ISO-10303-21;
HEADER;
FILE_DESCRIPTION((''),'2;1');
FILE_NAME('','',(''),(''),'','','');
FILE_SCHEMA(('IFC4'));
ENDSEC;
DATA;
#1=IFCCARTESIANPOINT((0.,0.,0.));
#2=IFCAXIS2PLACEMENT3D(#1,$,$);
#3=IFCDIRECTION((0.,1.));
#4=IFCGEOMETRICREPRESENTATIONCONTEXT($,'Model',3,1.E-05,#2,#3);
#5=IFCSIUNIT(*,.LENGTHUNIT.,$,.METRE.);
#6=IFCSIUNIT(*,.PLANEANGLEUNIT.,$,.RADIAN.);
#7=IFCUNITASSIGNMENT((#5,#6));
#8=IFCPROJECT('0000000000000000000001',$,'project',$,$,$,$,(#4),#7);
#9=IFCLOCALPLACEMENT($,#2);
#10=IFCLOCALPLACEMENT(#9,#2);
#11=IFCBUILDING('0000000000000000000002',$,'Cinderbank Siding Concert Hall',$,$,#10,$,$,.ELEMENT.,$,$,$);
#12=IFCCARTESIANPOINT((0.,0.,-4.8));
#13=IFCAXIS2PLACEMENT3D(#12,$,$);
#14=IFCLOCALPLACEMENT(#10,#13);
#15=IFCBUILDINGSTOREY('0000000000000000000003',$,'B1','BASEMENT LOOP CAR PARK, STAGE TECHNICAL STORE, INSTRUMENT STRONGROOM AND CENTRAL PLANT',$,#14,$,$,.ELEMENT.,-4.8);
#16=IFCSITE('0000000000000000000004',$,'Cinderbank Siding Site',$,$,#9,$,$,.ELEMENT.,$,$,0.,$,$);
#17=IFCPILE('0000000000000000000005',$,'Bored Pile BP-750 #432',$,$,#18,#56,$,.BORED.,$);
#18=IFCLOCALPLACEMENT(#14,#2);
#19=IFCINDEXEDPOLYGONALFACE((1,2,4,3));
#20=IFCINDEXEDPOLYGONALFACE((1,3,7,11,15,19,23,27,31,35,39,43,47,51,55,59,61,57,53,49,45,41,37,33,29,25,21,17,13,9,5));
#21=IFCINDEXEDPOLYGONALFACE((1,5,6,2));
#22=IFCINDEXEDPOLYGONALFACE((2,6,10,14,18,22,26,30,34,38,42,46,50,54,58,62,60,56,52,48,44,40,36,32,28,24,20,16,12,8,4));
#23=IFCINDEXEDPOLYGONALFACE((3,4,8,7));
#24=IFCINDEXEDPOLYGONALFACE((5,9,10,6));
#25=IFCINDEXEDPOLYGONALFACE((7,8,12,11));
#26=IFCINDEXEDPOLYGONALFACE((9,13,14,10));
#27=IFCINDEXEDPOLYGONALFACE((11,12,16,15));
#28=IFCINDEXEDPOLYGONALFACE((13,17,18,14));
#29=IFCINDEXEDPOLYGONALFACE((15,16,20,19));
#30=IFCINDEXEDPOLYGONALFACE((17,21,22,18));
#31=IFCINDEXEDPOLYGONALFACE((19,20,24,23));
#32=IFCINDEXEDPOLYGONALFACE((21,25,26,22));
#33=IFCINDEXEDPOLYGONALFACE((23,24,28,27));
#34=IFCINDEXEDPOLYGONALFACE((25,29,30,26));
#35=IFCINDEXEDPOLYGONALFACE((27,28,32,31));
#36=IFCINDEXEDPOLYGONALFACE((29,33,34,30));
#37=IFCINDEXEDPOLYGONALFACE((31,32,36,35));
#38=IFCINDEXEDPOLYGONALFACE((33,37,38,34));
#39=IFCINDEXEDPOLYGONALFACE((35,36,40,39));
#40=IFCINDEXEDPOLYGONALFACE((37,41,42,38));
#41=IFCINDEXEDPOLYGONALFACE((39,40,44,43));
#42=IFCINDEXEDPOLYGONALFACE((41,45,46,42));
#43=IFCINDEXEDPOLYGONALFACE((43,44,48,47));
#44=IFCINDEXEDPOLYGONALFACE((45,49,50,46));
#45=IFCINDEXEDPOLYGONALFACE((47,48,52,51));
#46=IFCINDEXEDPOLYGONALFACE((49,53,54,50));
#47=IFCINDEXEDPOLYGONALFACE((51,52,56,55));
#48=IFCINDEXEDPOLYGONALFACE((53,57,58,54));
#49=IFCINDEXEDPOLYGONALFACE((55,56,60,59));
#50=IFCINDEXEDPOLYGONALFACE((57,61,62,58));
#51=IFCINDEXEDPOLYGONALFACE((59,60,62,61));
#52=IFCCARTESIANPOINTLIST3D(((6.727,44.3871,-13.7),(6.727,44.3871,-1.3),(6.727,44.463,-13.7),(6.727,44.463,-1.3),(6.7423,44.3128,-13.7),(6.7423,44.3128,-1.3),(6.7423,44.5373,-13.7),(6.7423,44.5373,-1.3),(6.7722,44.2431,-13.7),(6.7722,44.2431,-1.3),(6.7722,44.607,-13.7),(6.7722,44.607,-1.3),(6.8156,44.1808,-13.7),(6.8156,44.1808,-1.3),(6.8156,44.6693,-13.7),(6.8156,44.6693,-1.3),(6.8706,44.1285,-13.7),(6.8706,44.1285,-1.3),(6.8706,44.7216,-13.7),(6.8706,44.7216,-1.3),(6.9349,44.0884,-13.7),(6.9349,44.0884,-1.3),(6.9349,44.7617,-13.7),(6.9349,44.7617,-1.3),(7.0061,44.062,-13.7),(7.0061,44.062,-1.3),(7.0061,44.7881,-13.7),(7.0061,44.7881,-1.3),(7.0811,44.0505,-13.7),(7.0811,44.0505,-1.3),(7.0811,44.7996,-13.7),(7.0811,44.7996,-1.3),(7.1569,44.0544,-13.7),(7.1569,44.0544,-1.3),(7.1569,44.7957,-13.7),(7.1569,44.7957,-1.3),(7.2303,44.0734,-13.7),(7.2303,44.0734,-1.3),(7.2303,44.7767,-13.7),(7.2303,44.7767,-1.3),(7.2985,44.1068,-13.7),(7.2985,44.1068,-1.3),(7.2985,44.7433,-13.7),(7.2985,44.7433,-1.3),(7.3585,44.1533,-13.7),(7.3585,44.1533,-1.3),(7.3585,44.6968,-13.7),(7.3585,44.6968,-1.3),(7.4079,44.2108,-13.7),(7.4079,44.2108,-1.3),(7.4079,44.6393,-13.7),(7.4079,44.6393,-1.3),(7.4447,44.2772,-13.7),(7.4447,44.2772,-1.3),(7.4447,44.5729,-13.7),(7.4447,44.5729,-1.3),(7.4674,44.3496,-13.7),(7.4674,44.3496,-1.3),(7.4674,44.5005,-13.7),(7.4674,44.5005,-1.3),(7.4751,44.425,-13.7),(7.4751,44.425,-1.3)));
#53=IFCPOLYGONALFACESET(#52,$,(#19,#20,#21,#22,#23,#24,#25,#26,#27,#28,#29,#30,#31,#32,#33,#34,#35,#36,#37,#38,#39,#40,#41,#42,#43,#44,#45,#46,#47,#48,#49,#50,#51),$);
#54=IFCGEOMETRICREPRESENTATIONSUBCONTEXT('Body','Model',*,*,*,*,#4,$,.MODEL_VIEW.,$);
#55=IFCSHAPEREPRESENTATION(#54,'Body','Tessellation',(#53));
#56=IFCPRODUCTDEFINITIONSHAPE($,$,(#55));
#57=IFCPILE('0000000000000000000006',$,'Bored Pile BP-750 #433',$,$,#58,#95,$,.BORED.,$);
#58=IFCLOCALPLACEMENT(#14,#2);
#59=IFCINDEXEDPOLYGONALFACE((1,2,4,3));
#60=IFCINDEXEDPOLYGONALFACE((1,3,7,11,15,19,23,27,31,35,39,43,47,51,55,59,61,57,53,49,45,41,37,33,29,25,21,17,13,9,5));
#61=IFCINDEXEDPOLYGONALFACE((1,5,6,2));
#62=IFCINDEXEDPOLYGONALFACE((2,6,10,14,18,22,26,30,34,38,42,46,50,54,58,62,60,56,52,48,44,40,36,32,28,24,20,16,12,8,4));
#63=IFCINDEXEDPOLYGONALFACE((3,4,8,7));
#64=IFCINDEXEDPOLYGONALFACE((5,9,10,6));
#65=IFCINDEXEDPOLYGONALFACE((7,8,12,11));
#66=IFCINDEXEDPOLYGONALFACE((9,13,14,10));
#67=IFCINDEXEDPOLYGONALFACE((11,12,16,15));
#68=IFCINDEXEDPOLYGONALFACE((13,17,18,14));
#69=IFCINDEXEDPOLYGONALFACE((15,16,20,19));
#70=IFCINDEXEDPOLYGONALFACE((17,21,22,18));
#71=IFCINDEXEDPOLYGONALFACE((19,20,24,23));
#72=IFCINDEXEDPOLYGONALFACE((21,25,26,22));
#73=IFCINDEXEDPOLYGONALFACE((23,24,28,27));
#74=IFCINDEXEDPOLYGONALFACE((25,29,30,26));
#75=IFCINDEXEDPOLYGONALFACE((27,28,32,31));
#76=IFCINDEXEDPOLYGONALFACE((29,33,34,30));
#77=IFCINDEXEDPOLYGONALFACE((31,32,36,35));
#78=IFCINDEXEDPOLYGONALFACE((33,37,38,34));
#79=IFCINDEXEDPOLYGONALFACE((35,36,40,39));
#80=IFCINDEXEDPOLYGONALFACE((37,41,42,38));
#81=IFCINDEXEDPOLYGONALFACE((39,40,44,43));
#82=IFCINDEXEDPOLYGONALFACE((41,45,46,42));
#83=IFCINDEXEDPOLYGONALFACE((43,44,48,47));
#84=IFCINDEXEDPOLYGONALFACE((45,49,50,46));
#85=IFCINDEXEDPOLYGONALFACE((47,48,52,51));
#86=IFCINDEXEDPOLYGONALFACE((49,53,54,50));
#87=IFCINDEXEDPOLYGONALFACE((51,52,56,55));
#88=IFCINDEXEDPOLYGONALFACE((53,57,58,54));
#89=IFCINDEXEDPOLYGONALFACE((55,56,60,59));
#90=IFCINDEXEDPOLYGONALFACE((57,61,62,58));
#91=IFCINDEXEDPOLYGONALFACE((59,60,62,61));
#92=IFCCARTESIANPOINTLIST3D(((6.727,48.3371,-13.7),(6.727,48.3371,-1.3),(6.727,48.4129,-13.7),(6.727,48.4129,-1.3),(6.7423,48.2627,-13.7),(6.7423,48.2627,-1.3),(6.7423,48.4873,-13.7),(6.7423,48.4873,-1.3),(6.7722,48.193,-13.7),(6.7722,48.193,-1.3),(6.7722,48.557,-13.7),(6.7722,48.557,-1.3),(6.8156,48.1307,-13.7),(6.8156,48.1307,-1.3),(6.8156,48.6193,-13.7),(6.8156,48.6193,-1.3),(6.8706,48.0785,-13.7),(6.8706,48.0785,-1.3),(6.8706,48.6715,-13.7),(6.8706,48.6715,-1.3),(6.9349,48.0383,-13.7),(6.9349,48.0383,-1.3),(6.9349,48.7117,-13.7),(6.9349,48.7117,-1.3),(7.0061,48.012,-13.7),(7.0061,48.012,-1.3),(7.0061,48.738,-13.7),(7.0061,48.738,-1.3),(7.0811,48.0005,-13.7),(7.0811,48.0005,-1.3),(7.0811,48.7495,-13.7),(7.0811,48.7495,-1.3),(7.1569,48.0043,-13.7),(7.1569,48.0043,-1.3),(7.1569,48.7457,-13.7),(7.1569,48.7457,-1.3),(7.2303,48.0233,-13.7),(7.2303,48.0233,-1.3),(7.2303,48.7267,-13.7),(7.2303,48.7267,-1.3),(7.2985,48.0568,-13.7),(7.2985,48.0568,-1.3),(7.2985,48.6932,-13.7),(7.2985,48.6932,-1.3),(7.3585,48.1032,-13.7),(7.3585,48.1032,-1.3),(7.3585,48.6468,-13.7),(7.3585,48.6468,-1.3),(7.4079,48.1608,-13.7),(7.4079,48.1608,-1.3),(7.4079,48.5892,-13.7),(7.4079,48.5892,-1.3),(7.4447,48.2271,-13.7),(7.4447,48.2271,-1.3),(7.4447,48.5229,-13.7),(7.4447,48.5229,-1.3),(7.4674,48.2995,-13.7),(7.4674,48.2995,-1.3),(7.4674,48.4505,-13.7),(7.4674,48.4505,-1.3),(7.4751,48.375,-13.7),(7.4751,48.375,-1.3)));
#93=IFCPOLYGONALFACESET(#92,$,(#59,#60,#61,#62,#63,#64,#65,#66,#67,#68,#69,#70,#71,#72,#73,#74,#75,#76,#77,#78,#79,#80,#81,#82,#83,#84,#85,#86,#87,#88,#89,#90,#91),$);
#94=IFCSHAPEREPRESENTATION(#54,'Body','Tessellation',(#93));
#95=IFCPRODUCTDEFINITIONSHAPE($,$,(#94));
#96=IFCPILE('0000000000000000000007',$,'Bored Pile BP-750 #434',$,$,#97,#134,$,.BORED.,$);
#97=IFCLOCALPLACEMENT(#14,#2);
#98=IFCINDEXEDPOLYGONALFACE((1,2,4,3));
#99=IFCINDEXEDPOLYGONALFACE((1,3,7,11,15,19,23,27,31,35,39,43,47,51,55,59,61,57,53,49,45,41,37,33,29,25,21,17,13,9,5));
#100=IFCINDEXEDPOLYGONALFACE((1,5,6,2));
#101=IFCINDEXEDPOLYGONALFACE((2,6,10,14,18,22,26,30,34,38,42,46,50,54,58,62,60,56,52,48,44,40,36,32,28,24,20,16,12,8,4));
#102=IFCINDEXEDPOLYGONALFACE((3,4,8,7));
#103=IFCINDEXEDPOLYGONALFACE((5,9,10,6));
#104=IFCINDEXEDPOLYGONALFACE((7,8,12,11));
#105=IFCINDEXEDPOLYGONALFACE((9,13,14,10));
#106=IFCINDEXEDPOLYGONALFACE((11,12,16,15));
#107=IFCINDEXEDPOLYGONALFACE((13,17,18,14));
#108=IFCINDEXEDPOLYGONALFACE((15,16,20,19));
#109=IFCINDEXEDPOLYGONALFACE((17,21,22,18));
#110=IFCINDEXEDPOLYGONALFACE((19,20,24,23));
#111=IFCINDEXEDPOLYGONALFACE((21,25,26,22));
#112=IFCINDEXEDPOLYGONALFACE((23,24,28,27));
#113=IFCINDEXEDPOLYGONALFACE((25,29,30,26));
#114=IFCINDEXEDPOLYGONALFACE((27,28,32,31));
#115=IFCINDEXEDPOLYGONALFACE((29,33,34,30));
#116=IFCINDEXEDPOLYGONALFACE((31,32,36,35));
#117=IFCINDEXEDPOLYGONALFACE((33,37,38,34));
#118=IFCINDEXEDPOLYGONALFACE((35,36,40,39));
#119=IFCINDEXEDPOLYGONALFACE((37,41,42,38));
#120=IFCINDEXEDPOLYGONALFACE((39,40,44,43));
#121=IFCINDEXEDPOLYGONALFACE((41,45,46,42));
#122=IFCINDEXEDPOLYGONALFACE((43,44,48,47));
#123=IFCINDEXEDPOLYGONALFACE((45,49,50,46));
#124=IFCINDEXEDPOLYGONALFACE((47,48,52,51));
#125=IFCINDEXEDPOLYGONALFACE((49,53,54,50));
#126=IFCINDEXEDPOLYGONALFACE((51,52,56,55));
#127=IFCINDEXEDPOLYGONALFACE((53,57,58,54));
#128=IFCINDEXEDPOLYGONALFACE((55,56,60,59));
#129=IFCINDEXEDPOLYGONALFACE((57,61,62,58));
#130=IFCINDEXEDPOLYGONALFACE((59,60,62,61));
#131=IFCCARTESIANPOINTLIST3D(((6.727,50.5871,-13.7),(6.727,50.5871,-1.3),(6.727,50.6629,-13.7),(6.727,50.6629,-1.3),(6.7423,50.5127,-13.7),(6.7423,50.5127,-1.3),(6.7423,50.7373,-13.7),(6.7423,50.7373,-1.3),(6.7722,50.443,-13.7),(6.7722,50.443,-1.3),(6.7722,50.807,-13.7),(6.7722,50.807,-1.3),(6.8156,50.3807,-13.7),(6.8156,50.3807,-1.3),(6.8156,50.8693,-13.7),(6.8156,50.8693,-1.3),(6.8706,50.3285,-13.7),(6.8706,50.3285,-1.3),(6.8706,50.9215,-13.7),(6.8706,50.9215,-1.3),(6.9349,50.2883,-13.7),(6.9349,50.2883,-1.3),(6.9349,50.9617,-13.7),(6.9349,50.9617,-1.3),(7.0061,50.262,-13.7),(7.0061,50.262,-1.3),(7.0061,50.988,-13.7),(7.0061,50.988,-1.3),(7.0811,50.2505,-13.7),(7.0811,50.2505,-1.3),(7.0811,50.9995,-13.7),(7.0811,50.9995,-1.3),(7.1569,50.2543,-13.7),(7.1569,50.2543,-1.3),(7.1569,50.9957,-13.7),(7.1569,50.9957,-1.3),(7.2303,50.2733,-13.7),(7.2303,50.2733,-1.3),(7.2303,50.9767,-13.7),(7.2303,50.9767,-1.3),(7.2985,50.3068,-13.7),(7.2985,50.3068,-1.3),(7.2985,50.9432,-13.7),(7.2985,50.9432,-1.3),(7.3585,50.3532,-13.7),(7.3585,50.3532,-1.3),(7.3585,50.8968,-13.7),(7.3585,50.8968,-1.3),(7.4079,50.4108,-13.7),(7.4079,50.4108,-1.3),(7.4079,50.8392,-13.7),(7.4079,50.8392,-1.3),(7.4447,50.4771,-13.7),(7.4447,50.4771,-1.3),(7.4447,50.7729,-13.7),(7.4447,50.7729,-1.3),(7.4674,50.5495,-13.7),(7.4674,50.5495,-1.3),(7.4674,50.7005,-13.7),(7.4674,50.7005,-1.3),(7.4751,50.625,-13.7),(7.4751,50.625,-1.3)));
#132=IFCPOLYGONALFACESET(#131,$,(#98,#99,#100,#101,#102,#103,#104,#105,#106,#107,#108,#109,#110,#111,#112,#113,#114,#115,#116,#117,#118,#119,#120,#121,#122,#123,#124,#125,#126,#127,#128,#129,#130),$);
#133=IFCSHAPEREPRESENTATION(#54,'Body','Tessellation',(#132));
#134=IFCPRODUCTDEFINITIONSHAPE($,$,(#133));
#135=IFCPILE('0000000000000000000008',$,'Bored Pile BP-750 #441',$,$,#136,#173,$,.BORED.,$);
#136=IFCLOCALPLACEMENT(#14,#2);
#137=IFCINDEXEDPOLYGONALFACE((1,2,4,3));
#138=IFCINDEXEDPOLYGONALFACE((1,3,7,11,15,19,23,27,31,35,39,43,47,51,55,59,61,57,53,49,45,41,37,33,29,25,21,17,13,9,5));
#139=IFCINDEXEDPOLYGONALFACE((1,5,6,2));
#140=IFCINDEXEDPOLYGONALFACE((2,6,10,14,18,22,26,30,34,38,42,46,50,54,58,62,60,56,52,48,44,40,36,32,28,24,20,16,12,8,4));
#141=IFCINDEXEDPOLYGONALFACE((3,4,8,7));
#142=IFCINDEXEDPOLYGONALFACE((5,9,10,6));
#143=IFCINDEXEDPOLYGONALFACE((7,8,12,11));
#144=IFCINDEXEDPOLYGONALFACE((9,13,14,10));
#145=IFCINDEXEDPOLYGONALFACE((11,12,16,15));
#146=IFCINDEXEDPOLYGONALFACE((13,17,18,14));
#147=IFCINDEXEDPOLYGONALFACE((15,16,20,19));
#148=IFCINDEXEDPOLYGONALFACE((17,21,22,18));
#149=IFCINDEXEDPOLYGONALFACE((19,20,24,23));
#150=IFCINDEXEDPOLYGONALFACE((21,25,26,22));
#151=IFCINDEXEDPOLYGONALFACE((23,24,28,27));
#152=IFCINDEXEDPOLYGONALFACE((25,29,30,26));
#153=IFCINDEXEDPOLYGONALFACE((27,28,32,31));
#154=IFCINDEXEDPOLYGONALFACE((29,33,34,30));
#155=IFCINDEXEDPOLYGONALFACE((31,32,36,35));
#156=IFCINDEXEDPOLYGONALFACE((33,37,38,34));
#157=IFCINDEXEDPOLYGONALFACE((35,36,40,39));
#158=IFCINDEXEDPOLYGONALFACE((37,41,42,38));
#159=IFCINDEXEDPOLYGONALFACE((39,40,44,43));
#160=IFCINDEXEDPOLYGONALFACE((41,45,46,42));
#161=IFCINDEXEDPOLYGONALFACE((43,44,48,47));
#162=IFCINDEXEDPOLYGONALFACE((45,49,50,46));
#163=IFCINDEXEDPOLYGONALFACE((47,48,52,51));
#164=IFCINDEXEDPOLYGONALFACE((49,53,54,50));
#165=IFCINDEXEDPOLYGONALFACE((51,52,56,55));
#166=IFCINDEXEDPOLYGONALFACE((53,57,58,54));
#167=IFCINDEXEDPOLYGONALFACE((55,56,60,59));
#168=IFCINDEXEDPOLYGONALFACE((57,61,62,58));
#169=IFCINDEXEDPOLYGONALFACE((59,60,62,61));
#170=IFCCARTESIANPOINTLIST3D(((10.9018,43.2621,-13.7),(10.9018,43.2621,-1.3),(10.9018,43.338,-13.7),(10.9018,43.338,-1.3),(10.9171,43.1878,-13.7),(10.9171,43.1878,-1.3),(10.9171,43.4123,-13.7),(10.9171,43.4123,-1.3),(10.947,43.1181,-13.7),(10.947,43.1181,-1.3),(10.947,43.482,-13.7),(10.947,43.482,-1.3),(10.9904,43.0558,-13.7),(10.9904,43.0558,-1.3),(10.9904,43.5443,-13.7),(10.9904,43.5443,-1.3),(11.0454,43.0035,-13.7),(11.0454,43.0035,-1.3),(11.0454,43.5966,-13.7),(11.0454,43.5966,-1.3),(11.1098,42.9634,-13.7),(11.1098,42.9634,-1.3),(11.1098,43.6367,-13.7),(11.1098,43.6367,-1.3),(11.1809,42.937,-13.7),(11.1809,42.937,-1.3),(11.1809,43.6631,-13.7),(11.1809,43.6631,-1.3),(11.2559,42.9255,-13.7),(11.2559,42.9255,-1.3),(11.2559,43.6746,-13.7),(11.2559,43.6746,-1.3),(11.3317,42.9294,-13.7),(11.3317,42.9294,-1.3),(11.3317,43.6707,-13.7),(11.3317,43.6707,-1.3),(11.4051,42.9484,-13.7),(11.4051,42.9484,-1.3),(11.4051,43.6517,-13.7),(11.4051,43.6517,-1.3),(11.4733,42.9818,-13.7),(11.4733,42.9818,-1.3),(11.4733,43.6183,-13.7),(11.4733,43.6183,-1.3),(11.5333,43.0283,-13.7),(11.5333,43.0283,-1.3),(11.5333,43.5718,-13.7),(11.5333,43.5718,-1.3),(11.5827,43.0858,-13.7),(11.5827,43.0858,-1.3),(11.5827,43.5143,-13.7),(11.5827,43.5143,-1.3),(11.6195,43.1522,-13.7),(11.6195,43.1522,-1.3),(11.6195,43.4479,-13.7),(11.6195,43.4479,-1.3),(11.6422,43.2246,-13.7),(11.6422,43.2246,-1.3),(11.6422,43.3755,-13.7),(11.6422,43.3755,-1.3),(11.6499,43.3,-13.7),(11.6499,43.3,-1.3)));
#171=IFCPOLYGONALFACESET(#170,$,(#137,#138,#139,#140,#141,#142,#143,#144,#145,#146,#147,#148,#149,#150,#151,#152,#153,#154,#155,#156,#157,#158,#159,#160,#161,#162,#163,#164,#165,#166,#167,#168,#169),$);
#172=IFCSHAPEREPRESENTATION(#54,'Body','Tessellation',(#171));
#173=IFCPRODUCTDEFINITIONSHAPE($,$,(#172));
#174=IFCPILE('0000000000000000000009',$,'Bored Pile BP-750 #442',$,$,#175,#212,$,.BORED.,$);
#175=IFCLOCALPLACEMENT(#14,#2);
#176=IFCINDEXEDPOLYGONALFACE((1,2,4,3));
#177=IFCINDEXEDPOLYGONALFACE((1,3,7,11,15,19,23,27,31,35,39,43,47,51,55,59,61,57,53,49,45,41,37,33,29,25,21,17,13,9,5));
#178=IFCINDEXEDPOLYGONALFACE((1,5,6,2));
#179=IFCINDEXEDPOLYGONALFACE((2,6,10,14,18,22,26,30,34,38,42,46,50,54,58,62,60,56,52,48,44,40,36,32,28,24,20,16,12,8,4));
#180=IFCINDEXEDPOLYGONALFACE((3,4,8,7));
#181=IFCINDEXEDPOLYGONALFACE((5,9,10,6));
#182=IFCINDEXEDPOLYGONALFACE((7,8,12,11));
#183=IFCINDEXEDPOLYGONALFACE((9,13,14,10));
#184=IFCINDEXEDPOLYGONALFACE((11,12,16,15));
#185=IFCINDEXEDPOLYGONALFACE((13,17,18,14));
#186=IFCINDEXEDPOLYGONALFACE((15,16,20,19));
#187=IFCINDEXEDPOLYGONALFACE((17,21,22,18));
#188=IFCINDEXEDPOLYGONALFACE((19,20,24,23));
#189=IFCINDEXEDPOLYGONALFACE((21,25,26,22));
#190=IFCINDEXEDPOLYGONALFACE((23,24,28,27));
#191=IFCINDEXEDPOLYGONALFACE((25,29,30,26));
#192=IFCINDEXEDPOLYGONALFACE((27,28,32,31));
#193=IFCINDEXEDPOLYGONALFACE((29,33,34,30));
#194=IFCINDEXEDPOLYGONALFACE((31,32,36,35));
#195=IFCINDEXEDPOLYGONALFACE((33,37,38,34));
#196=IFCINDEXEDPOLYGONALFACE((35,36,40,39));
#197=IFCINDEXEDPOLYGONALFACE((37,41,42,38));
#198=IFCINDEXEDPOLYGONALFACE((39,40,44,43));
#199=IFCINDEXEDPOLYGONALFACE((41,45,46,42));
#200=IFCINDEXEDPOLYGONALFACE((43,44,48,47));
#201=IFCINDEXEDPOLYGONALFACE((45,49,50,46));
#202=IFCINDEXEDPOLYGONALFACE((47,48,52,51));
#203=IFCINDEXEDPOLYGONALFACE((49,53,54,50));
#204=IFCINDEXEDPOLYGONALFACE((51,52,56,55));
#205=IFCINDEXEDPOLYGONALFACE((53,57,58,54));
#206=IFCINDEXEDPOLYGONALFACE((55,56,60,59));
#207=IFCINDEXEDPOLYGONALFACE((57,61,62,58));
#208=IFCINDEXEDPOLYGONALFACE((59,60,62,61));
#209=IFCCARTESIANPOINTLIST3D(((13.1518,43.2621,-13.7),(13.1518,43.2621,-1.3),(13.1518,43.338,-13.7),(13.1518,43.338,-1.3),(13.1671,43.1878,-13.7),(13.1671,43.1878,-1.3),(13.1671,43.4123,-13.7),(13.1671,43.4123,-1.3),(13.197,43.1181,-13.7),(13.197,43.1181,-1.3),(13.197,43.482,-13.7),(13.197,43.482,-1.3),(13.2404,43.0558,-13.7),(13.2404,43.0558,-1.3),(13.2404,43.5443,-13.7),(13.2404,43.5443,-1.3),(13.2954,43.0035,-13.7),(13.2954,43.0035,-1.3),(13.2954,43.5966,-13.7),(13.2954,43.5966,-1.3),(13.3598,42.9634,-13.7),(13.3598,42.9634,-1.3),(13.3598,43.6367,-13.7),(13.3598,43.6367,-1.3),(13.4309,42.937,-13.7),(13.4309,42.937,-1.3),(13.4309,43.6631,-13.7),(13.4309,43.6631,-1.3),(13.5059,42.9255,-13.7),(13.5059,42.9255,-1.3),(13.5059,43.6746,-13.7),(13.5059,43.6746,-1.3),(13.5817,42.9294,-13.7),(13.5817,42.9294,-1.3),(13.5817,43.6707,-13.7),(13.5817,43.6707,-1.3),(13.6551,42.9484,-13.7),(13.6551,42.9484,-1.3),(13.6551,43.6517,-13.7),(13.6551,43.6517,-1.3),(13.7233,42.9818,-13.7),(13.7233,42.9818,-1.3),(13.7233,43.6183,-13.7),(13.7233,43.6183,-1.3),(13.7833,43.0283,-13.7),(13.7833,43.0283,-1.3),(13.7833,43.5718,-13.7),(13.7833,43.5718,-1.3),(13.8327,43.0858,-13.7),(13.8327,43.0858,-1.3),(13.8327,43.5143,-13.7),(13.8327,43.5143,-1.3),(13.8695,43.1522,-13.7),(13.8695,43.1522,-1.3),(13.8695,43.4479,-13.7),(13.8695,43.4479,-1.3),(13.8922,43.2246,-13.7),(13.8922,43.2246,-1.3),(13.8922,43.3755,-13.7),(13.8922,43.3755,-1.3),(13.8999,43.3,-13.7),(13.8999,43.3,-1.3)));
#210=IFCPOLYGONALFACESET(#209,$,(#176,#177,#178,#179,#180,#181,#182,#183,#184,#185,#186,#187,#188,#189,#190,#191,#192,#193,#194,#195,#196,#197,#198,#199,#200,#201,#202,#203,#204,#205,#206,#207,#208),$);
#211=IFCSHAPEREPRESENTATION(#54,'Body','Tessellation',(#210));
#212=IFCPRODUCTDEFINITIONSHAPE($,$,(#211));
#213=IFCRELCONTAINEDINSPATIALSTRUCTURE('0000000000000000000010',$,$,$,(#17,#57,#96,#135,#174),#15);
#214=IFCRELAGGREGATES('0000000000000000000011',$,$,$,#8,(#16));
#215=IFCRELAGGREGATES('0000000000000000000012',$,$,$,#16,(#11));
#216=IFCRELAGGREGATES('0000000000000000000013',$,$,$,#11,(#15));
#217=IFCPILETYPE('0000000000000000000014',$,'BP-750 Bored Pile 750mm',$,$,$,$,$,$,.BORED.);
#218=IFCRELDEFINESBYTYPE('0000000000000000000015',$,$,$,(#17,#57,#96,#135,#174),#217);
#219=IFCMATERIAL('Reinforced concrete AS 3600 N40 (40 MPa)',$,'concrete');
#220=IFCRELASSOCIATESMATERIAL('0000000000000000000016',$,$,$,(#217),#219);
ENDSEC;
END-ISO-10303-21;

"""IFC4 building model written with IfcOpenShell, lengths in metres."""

from ifc_helpers import new_model, si_unit, direction, frame, origin, origin_2d, place, context, subcontext, project, spatial, circle, extrude, material, material_profile, profile_set, type_object, element, save


model = new_model("IFC4")

# Units and contexts
model_context = context("Model", 3, precision=1e-05, world=origin(), true_north=direction((0.0, 1.0)))
body_context = subcontext(model_context, "Body", "Model", "MODEL_VIEW")
ifc_project = project(units=[si_unit("LENGTHUNIT", "METRE"), si_unit("PLANEANGLEUNIT", "RADIAN")], contexts=[model_context])

# Site, building, storey
site_placement = place(None, origin())
site = spatial("IfcSite", under=ifc_project, at=site_placement, Name="Cinderbank Siding Site", CompositionType="ELEMENT", RefElevation=0.0)
building_placement = place(site_placement, origin())
building = spatial("IfcBuilding", under=site, at=building_placement, Name="Cinderbank Siding Concert Hall", CompositionType="ELEMENT")
storey_placement = place(building_placement, frame((0.0, 0.0, -4.8)))
storey = spatial("IfcBuildingStorey", under=building, at=storey_placement, Name="B1", Description="BASEMENT LOOP CAR PARK, STAGE TECHNICAL STORE, INSTRUMENT STRONGROOM AND CENTRAL PLANT", CompositionType="ELEMENT", Elevation=-4.8)

# Piles
ifc_material_1 = material(Name="Reinforced concrete AS 3600 N40 (40 MPa)", Category="concrete")
ifc_material_profile_1 = material_profile(ifc_material_1, circle(Radius=0.375, at=origin_2d()), Name="PILE-750DIA", Category="LoadBearing")
ifc_profile_set_1 = profile_set([ifc_material_profile_1], Name="Reinforced concrete AS 3600 N40 (40 MPa)")
pile_type = type_object("IfcPileType", Name="BP-750 Bored Pile 750mm", PredefinedType="BORED", material=ifc_profile_set_1)
for number, where, z_axis, x_axis, name in (
    (1, (7.1001, 44.425, -1.3), (0.0, 0.0, -1.0), (1.0, 0.0, 0.0), "Bored Pile BP-750 #432"),
    (2, (7.1001, 48.375, -1.3), (0.0, 0.0, -1.0), (1.0, 0.0, 0.0), "Bored Pile BP-750 #433"),
    (3, (7.1001, 50.625, -1.3), (0.0, 0.0, -1.0), (1.0, 0.0, 0.0), "Bored Pile BP-750 #434"),
    (4, (11.2749, 43.3, -1.3), (0.0, 0.0, -1.0), (1.0, 0.0, 0.0), "Bored Pile BP-750 #441"),
    (5, (13.5249, 43.3, -1.3), (0.0, 0.0, -1.0), (1.0, 0.0, 0.0), "Bored Pile BP-750 #442"),
):
    element("IfcPile", number, at=place(storey_placement, frame(where, z_axis=z_axis, x_axis=x_axis)), inside=storey, type_object=pile_type, Name=name, PredefinedType="BORED", context=body_context, shape_type="SweptSolid", body=[
        extrude(circle(Radius=0.375, at=origin_2d()), origin(), (0.0, 0.0, 1.0), 12.3999),
    ])

save(model, "model.ifc")
